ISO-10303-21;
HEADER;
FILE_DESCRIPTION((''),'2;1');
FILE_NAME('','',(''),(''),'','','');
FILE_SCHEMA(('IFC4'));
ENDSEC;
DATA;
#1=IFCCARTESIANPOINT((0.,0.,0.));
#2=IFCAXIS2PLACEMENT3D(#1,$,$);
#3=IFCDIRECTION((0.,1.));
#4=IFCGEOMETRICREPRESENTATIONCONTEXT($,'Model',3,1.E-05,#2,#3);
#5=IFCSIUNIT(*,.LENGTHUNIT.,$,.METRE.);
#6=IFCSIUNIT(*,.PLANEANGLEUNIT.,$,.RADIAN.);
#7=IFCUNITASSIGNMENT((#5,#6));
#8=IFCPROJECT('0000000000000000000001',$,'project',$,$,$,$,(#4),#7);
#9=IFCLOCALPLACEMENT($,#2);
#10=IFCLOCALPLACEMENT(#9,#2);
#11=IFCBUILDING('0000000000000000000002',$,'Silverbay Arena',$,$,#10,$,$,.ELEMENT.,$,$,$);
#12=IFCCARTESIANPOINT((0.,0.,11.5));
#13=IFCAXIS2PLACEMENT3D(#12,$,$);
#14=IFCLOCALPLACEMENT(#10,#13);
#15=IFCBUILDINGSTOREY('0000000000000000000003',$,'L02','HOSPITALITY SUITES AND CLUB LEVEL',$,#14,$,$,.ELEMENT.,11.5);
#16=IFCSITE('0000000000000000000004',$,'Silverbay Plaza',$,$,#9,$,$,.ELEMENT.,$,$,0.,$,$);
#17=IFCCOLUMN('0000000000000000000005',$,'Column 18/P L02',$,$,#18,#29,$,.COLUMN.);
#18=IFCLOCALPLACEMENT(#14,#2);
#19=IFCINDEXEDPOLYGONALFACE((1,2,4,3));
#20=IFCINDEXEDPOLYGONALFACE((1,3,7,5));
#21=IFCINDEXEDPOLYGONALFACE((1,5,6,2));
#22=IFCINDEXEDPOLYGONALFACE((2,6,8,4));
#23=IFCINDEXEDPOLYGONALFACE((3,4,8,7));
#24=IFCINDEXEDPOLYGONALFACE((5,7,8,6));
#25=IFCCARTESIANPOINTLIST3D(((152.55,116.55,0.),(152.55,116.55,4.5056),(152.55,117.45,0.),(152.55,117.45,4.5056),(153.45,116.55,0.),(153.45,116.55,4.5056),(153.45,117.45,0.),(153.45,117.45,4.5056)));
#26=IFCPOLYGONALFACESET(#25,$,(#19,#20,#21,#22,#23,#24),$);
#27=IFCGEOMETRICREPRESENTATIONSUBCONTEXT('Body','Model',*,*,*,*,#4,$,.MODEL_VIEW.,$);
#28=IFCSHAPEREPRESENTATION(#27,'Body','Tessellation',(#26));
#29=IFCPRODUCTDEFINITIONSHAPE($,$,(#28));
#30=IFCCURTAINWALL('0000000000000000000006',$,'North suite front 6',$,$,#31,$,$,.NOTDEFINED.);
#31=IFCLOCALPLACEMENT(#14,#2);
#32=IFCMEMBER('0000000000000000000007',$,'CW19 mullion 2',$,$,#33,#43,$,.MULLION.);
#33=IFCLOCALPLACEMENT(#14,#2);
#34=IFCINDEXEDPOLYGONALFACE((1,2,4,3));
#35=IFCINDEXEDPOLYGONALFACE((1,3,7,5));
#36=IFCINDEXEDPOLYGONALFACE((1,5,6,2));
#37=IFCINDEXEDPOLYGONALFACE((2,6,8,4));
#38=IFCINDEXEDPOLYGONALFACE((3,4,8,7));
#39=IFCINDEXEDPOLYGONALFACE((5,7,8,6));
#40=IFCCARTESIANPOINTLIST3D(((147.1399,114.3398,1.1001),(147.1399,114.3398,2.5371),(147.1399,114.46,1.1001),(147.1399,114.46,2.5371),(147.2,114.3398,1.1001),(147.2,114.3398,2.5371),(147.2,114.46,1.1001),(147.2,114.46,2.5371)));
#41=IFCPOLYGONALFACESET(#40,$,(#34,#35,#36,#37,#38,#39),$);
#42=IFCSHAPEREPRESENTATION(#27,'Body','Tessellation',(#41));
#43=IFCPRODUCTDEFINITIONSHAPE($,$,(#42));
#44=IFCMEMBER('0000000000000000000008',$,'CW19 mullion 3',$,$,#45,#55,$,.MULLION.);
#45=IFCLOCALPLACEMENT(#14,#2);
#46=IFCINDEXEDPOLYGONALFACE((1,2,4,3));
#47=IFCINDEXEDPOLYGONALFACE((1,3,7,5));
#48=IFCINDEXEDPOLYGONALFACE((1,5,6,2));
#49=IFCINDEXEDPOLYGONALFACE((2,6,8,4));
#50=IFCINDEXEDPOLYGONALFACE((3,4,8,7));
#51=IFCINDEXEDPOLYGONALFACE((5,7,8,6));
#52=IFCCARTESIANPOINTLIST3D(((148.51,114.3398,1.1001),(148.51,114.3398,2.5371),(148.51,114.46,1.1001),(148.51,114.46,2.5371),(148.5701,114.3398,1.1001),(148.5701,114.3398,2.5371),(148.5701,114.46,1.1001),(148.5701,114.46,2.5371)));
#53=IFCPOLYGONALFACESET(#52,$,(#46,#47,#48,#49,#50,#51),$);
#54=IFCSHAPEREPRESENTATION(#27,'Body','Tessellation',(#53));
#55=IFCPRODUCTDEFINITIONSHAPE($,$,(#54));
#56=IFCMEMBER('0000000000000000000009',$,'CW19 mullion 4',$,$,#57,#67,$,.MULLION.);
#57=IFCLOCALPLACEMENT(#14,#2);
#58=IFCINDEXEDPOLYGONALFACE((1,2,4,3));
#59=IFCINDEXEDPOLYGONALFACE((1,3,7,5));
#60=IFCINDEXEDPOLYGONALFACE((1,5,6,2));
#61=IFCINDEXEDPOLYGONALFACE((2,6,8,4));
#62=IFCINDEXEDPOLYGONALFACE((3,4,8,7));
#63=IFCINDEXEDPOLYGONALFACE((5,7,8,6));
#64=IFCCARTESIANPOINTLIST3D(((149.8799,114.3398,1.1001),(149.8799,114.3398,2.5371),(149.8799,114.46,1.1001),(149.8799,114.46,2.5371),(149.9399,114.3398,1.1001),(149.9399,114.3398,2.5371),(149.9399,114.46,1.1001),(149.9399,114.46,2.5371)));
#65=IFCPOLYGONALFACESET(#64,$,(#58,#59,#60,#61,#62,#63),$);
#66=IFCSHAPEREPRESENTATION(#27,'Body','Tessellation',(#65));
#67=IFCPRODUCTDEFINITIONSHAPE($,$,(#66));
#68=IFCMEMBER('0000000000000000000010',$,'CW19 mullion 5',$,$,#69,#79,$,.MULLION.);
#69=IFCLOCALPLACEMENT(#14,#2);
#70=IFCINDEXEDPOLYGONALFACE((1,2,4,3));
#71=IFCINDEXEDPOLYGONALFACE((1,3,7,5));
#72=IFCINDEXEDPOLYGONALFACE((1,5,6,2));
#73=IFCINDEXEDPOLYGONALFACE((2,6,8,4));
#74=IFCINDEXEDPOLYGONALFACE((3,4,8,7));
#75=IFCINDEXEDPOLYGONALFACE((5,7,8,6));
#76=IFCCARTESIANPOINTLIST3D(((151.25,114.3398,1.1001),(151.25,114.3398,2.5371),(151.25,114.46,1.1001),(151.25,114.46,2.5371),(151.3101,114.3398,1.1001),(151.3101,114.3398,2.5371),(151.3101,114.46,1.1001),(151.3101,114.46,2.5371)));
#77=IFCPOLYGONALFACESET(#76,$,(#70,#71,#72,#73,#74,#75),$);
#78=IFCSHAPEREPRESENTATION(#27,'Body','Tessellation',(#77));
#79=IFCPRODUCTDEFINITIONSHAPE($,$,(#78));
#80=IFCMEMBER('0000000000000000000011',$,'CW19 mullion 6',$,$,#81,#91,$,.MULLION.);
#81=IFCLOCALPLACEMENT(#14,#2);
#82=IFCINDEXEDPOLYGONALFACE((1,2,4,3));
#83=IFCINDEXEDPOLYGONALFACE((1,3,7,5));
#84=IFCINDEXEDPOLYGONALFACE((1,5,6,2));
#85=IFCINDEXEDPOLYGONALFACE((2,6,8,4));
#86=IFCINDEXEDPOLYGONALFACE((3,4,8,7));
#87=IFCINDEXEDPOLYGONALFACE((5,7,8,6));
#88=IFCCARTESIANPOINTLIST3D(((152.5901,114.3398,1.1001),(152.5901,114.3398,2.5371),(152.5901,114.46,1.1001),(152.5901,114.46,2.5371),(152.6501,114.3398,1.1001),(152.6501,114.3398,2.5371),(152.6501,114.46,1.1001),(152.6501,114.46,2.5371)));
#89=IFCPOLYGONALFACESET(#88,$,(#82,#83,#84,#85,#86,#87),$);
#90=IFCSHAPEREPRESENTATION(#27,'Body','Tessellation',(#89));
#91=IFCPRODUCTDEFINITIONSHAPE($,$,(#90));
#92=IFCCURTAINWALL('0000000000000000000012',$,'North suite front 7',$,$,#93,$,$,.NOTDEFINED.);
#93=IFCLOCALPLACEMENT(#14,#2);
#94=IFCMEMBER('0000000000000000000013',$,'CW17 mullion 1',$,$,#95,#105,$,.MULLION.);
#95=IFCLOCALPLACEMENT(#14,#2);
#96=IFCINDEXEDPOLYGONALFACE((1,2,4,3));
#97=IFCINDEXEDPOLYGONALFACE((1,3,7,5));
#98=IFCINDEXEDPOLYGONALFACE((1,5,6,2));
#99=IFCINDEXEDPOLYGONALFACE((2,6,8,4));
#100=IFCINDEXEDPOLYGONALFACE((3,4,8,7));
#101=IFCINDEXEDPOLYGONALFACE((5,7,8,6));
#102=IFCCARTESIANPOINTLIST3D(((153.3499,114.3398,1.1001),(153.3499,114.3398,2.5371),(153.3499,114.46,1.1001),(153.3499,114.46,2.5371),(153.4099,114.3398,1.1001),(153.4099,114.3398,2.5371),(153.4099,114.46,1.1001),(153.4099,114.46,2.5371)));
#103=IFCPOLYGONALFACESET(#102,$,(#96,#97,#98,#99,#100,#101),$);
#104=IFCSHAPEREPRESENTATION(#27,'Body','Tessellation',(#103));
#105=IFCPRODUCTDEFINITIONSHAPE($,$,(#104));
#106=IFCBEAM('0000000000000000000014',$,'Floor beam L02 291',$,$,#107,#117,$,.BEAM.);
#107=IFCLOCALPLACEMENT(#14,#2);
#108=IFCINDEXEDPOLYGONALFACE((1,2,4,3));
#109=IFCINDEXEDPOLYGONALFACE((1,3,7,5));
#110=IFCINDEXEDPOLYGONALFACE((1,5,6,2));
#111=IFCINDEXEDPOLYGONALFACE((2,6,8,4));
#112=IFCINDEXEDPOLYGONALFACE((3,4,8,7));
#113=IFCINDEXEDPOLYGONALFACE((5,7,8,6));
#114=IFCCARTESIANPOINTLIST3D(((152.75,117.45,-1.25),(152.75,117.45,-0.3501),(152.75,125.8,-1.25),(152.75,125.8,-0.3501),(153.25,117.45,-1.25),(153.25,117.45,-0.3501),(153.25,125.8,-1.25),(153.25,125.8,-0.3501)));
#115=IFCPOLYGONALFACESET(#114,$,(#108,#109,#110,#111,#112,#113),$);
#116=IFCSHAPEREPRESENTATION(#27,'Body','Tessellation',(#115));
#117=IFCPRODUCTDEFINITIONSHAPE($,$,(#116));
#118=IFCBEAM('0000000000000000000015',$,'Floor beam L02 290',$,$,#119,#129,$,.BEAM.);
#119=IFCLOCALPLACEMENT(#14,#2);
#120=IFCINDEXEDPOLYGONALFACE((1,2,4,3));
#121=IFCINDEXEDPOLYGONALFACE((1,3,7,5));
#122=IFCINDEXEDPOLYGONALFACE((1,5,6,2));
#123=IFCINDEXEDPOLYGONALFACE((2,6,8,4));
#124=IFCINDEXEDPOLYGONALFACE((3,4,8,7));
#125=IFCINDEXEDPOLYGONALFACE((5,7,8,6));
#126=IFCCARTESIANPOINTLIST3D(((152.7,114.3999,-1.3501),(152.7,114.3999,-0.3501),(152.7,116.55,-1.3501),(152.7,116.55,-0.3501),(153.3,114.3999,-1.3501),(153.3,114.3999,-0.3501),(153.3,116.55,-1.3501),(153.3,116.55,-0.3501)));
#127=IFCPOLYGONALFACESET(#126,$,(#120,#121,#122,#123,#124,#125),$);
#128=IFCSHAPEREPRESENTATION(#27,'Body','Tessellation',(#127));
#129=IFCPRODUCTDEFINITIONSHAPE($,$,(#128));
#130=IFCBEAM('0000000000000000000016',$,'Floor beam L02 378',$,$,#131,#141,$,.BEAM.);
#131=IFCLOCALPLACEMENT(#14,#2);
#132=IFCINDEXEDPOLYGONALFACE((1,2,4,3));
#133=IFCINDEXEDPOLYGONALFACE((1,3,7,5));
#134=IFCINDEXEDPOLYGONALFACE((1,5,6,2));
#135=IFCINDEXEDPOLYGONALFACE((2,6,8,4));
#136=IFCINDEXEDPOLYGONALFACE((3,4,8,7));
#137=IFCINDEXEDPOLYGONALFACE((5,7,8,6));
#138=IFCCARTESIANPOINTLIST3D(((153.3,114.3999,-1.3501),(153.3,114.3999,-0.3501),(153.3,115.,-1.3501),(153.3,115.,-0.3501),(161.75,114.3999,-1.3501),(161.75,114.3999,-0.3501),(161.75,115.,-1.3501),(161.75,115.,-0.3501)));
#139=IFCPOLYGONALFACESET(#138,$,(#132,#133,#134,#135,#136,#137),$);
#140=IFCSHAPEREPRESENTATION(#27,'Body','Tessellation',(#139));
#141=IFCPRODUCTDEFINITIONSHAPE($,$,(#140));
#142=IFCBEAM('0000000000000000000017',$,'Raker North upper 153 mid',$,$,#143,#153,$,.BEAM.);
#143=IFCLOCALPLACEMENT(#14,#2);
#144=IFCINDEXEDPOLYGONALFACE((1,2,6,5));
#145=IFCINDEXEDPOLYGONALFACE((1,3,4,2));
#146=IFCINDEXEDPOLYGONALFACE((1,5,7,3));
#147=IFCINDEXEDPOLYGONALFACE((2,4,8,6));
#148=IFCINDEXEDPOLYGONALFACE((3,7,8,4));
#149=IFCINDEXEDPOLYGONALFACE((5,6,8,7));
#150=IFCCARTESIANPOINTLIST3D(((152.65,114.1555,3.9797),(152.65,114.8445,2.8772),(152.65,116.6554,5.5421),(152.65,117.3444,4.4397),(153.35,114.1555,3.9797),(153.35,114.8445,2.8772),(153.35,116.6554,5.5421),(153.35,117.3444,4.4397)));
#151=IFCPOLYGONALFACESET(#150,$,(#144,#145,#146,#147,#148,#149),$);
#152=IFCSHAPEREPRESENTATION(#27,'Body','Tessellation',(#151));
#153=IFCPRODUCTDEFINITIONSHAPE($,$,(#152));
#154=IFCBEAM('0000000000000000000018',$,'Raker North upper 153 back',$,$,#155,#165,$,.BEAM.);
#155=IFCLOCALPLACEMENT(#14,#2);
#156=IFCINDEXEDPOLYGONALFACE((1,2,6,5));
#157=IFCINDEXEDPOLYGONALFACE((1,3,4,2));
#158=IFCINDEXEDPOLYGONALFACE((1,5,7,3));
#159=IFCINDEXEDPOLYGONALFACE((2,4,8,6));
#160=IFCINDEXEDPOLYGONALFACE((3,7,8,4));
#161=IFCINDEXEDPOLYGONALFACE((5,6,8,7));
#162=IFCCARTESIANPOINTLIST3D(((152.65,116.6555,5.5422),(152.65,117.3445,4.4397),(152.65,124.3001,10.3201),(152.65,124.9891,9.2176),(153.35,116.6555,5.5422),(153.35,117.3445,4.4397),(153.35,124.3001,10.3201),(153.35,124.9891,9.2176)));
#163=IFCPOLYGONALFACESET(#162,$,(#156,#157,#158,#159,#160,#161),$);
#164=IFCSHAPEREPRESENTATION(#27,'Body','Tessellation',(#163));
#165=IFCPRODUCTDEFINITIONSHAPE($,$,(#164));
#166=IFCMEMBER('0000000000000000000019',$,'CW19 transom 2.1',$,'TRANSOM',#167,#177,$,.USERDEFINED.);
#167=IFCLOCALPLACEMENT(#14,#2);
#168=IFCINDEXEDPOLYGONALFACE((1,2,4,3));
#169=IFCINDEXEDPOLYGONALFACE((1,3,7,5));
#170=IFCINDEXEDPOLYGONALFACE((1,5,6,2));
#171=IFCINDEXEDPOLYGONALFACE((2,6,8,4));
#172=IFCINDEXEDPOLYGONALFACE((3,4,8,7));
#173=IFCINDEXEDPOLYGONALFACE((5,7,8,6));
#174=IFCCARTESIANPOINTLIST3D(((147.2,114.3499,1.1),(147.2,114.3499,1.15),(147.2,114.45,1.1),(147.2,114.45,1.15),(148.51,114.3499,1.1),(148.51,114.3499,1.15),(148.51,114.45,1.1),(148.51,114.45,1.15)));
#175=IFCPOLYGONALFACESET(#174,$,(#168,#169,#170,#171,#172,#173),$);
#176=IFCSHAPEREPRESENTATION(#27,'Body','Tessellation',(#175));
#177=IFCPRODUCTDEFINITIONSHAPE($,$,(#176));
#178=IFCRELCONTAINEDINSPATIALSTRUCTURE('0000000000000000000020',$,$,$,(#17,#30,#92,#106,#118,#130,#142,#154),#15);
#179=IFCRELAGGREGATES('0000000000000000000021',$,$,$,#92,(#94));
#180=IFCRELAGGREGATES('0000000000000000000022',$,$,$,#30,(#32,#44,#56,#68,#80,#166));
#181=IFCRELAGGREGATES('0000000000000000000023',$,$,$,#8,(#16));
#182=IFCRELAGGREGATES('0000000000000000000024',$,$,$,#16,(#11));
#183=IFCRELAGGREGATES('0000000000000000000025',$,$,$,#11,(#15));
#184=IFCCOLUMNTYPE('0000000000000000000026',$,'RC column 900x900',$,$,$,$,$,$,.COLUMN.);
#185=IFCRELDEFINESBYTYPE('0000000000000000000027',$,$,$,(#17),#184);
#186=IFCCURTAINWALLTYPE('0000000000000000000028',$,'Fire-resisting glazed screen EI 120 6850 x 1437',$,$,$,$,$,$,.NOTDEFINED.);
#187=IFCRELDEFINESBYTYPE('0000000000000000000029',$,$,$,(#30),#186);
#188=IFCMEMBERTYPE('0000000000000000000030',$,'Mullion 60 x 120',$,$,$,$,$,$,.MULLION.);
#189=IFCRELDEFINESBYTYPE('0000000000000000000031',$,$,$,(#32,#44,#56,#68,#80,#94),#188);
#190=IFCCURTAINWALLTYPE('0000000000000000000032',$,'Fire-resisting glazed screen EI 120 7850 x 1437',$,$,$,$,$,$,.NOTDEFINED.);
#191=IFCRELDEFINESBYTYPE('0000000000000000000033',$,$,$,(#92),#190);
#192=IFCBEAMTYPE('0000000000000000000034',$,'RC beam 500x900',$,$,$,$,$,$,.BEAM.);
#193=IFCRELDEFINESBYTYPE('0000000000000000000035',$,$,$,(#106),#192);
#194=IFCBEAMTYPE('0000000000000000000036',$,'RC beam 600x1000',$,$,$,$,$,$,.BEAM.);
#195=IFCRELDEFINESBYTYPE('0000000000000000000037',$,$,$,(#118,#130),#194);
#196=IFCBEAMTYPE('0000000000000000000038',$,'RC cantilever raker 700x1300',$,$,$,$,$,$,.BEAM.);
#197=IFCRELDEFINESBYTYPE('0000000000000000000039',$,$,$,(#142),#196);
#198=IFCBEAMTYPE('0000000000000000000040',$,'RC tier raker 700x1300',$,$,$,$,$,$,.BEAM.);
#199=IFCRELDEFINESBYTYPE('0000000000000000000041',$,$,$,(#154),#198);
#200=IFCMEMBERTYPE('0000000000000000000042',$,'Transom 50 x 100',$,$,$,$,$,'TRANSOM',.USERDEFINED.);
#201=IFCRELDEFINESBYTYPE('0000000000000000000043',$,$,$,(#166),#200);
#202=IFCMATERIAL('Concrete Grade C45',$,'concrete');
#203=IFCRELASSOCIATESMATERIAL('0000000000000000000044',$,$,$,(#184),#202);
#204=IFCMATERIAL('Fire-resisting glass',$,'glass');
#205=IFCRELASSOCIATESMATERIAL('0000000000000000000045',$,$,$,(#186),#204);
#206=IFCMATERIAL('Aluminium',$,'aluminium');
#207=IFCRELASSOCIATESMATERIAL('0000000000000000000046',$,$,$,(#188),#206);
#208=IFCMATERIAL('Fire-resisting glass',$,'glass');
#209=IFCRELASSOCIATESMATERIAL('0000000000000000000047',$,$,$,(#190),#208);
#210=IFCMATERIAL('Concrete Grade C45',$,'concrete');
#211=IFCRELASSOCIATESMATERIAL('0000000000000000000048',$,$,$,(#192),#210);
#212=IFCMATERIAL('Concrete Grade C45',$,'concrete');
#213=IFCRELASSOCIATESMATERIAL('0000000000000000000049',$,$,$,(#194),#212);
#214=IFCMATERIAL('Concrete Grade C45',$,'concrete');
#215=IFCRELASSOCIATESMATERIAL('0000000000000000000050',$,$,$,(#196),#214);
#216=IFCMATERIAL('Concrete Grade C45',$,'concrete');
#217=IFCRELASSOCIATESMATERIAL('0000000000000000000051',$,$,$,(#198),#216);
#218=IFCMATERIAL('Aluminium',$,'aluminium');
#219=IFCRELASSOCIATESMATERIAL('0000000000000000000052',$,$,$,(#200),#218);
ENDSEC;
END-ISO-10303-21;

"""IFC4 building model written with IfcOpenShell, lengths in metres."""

from ifc_helpers import new_model, si_unit, direction, frame, origin, origin_2d, place, context, subcontext, project, spatial, rectangle, extrude, material, material_profile, profile_set, type_object, element, aggregate, save


model = new_model("IFC4")

# Units and contexts
model_context = context("Model", 3, precision=1e-05, world=origin(), true_north=direction((0.0, 1.0)))
body_context = subcontext(model_context, "Body", "Model", "MODEL_VIEW")
ifc_project = project(units=[si_unit("LENGTHUNIT", "METRE"), si_unit("PLANEANGLEUNIT", "RADIAN")], contexts=[model_context])

# Site, building, storey
site_placement = place(None, origin())
site = spatial("IfcSite", under=ifc_project, at=site_placement, Name="Silverbay Plaza", CompositionType="ELEMENT", RefElevation=0.0)
building_placement = place(site_placement, origin())
building = spatial("IfcBuilding", under=site, at=building_placement, Name="Silverbay Arena", CompositionType="ELEMENT")
storey_placement = place(building_placement, frame((0.0, 0.0, 11.5)))
storey = spatial("IfcBuildingStorey", under=building, at=storey_placement, Name="L02", Description="HOSPITALITY SUITES AND CLUB LEVEL", CompositionType="ELEMENT", Elevation=11.5)

# Column
ifc_material_1 = material(Name="Concrete Grade C45", Category="concrete")
ifc_material_profile_1 = material_profile(ifc_material_1, rectangle(XDim=0.8999, YDim=0.8999, at=origin_2d()), Name="RC 900x900")
ifc_profile_set_1 = profile_set([ifc_material_profile_1], Name="Concrete Grade C45")
column_type = type_object("IfcColumnType", Name="RC column 900x900", PredefinedType="COLUMN", material=ifc_profile_set_1)
column_placement = place(storey_placement, frame((153.0, 117.0, 0.0), z_axis=(0.0, 0.0, 1.0), x_axis=(1.0, 0.0, 0.0)))
element("IfcColumn", 1, at=column_placement, inside=storey, type_object=column_type, Name="Column 18/P L02", PredefinedType="COLUMN", context=body_context, shape_type="SweptSolid", body=[
    extrude(rectangle(XDim=0.8999, YDim=0.8999, at=origin_2d()), origin(), (0.0, 0.0, 1.0), 4.5056),
])

# Curtain wall, members
ifc_material_2 = material(Name="Fire-resisting glass", Category="glass")
curtain_wall_type_1 = type_object("IfcCurtainWallType", Name="Fire-resisting glazed screen EI 120 6850 x 1437", PredefinedType="NOTDEFINED", material=ifc_material_2)
curtain_wall_1_placement = place(storey_placement, origin())
curtain_wall_1 = element("IfcCurtainWall", 2, at=curtain_wall_1_placement, inside=storey, type_object=curtain_wall_type_1, Name="North suite front 6", PredefinedType="NOTDEFINED")
ifc_material_3 = material(Name="Aluminium", Category="aluminium")
ifc_material_profile_2 = material_profile(ifc_material_3, rectangle(XDim=0.1201, YDim=0.0601, at=origin_2d()), Name="Mullion 60 x 120")
ifc_profile_set_2 = profile_set([ifc_material_profile_2], Name="Aluminium")
member_type_1 = type_object("IfcMemberType", Name="Mullion 60 x 120", PredefinedType="MULLION", material=ifc_profile_set_2)
member_1_placement = place(storey_placement, frame((147.1699, 114.3999, 1.1001), z_axis=(0.0, 0.0, 1.0), x_axis=(0.0, 1.0, 0.0)))
member_1 = element("IfcMember", 3, at=member_1_placement, type_object=member_type_1, Name="CW19 mullion 2", PredefinedType="MULLION", context=body_context, shape_type="SweptSolid", body=[
    extrude(rectangle(XDim=0.1201, YDim=0.0601, at=origin_2d()), origin(), (0.0, 0.0, 1.0), 1.437),
])
member_2_placement = place(storey_placement, frame((148.54, 114.3999, 1.1001), z_axis=(0.0, 0.0, 1.0), x_axis=(0.0, 1.0, 0.0)))
member_2 = element("IfcMember", 4, at=member_2_placement, type_object=member_type_1, Name="CW19 mullion 3", PredefinedType="MULLION", context=body_context, shape_type="SweptSolid", body=[
    extrude(rectangle(XDim=0.1201, YDim=0.0601, at=origin_2d()), origin(), (0.0, 0.0, 1.0), 1.437),
])
member_3_placement = place(storey_placement, frame((149.9099, 114.3999, 1.1001), z_axis=(0.0, 0.0, 1.0), x_axis=(0.0, 1.0, 0.0)))
member_3 = element("IfcMember", 5, at=member_3_placement, type_object=member_type_1, Name="CW19 mullion 4", PredefinedType="MULLION", context=body_context, shape_type="SweptSolid", body=[
    extrude(rectangle(XDim=0.1201, YDim=0.0601, at=origin_2d()), origin(), (0.0, 0.0, 1.0), 1.437),
])
member_4_placement = place(storey_placement, frame((151.28, 114.3999, 1.1001), z_axis=(0.0, 0.0, 1.0), x_axis=(0.0, 1.0, 0.0)))
member_4 = element("IfcMember", 6, at=member_4_placement, type_object=member_type_1, Name="CW19 mullion 5", PredefinedType="MULLION", context=body_context, shape_type="SweptSolid", body=[
    extrude(rectangle(XDim=0.1201, YDim=0.0601, at=origin_2d()), origin(), (0.0, 0.0, 1.0), 1.437),
])
member_5_placement = place(storey_placement, frame((152.6201, 114.3999, 1.1001), z_axis=(0.0, 0.0, 1.0), x_axis=(0.0, 1.0, 0.0)))
member_5 = element("IfcMember", 7, at=member_5_placement, type_object=member_type_1, Name="CW19 mullion 6", PredefinedType="MULLION", context=body_context, shape_type="SweptSolid", body=[
    extrude(rectangle(XDim=0.1201, YDim=0.0601, at=origin_2d()), origin(), (0.0, 0.0, 1.0), 1.437),
])

# Curtain wall, member
ifc_material_4 = material(Name="Fire-resisting glass", Category="glass")
curtain_wall_type_2 = type_object("IfcCurtainWallType", Name="Fire-resisting glazed screen EI 120 7850 x 1437", PredefinedType="NOTDEFINED", material=ifc_material_4)
curtain_wall_2_placement = place(storey_placement, origin())
curtain_wall_2 = element("IfcCurtainWall", 8, at=curtain_wall_2_placement, inside=storey, type_object=curtain_wall_type_2, Name="North suite front 7", PredefinedType="NOTDEFINED")
member_6_placement = place(storey_placement, frame((153.3799, 114.3999, 1.1001), z_axis=(0.0, 0.0, 1.0), x_axis=(0.0, 1.0, 0.0)))
member_6 = element("IfcMember", 9, at=member_6_placement, type_object=member_type_1, Name="CW17 mullion 1", PredefinedType="MULLION", context=body_context, shape_type="SweptSolid", body=[
    extrude(rectangle(XDim=0.1201, YDim=0.0601, at=origin_2d()), origin(), (0.0, 0.0, 1.0), 1.437),
])

# Beams
ifc_material_5 = material(Name="Concrete Grade C45", Category="concrete")
ifc_material_profile_3 = material_profile(ifc_material_5, rectangle(XDim=0.5, YDim=0.8999, at=origin_2d()), Name="RC 500x900")
ifc_profile_set_3 = profile_set([ifc_material_profile_3], Name="Concrete Grade C45")
beam_type_1 = type_object("IfcBeamType", Name="RC beam 500x900", PredefinedType="BEAM", material=ifc_profile_set_3)
beam_1_placement = place(storey_placement, frame((153.0, 117.45, -0.8), z_axis=(0.0, 1.0, 0.0), x_axis=(-1.0, 0.0, 0.0)))
element("IfcBeam", 10, at=beam_1_placement, inside=storey, type_object=beam_type_1, Name="Floor beam L02 291", PredefinedType="BEAM", context=body_context, shape_type="SweptSolid", body=[
    extrude(rectangle(XDim=0.5, YDim=0.8999, at=origin_2d()), origin(), (0.0, 0.0, 1.0), 8.3501),
])
ifc_material_6 = material(Name="Concrete Grade C45", Category="concrete")
ifc_material_profile_4 = material_profile(ifc_material_6, rectangle(XDim=0.6001, YDim=1.0, at=origin_2d()), Name="RC 600x1000")
ifc_profile_set_4 = profile_set([ifc_material_profile_4], Name="Concrete Grade C45")
beam_type_2 = type_object("IfcBeamType", Name="RC beam 600x1000", PredefinedType="BEAM", material=ifc_profile_set_4)
beam_2_placement = place(storey_placement, frame((153.0, 114.3999, -0.8501), z_axis=(0.0, 1.0, 0.0), x_axis=(-1.0, 0.0, 0.0)))
element("IfcBeam", 11, at=beam_2_placement, inside=storey, type_object=beam_type_2, Name="Floor beam L02 290", PredefinedType="BEAM", context=body_context, shape_type="SweptSolid", body=[
    extrude(rectangle(XDim=0.6001, YDim=1.0, at=origin_2d()), origin(), (0.0, 0.0, 1.0), 2.1501),
])
beam_3_placement = place(storey_placement, frame((153.3, 114.7, -0.8501), z_axis=(1.0, 0.0, 0.0), x_axis=(0.0, 1.0, 0.0)))
element("IfcBeam", 12, at=beam_3_placement, inside=storey, type_object=beam_type_2, Name="Floor beam L02 378", PredefinedType="BEAM", context=body_context, shape_type="SweptSolid", body=[
    extrude(rectangle(XDim=0.6001, YDim=1.0, at=origin_2d()), origin(), (0.0, 0.0, 1.0), 8.45),
])
ifc_material_7 = material(Name="Concrete Grade C45", Category="concrete")
ifc_material_profile_5 = material_profile(ifc_material_7, rectangle(XDim=0.7, YDim=1.3, at=origin_2d()), Name="RC 700x1300")
ifc_profile_set_5 = profile_set([ifc_material_profile_5], Name="Concrete Grade C45")
beam_type_3 = type_object("IfcBeamType", Name="RC cantilever raker 700x1300", PredefinedType="BEAM", material=ifc_profile_set_5)
beam_4_placement = place(storey_placement, frame((153.0, 114.5, 3.4285), z_axis=(0.0, 0.847998, 0.529999), x_axis=(-1.0, 0.0, 0.0)))
element("IfcBeam", 13, at=beam_4_placement, inside=storey, type_object=beam_type_3, Name="Raker North upper 153 mid", PredefinedType="BEAM", context=body_context, shape_type="SweptSolid", body=[
    extrude(rectangle(XDim=0.7, YDim=1.3, at=origin_2d()), origin(), (0.0, 0.0, 1.0), 2.948),
])
ifc_material_8 = material(Name="Concrete Grade C45", Category="concrete")
ifc_material_profile_6 = material_profile(ifc_material_8, rectangle(XDim=0.7, YDim=1.3, at=origin_2d()), Name="RC 700x1300")
ifc_profile_set_6 = profile_set([ifc_material_profile_6], Name="Concrete Grade C45")
beam_type_4 = type_object("IfcBeamType", Name="RC tier raker 700x1300", PredefinedType="BEAM", material=ifc_profile_set_6)
beam_5_placement = place(storey_placement, frame((153.0, 117.0, 4.991), z_axis=(0.0, 0.847998, 0.529999), x_axis=(-1.0, 0.0, 0.0)))
element("IfcBeam", 14, at=beam_5_placement, inside=storey, type_object=beam_type_4, Name="Raker North upper 153 back", PredefinedType="BEAM", context=body_context, shape_type="SweptSolid", body=[
    extrude(rectangle(XDim=0.7, YDim=1.3, at=origin_2d()), origin(), (0.0, 0.0, 1.0), 9.0149),
])

# Member
ifc_material_9 = material(Name="Aluminium", Category="aluminium")
ifc_material_profile_7 = material_profile(ifc_material_9, rectangle(XDim=0.1001, YDim=0.05, at=origin_2d()), Name="Transom 50 x 100")
ifc_profile_set_7 = profile_set([ifc_material_profile_7], Name="Aluminium")
member_type_2 = type_object("IfcMemberType", Name="Transom 50 x 100", ElementType="TRANSOM", PredefinedType="USERDEFINED", material=ifc_profile_set_7)
member_7_placement = place(storey_placement, frame((147.2, 114.3999, 1.125), z_axis=(1.0, 0.0, 0.0), x_axis=(0.0, 1.0, 0.0)))
member_7 = element("IfcMember", 15, at=member_7_placement, type_object=member_type_2, Name="CW19 transom 2.1", ObjectType="TRANSOM", PredefinedType="USERDEFINED", context=body_context, shape_type="SweptSolid", body=[
    extrude(rectangle(XDim=0.1001, YDim=0.05, at=origin_2d()), origin(), (0.0, 0.0, 1.0), 1.3101),
])
aggregate(curtain_wall_2, [member_6])

aggregate(curtain_wall_1, [member_1, member_2, member_3, member_4, member_5, member_7])

save(model, "model.ifc")
